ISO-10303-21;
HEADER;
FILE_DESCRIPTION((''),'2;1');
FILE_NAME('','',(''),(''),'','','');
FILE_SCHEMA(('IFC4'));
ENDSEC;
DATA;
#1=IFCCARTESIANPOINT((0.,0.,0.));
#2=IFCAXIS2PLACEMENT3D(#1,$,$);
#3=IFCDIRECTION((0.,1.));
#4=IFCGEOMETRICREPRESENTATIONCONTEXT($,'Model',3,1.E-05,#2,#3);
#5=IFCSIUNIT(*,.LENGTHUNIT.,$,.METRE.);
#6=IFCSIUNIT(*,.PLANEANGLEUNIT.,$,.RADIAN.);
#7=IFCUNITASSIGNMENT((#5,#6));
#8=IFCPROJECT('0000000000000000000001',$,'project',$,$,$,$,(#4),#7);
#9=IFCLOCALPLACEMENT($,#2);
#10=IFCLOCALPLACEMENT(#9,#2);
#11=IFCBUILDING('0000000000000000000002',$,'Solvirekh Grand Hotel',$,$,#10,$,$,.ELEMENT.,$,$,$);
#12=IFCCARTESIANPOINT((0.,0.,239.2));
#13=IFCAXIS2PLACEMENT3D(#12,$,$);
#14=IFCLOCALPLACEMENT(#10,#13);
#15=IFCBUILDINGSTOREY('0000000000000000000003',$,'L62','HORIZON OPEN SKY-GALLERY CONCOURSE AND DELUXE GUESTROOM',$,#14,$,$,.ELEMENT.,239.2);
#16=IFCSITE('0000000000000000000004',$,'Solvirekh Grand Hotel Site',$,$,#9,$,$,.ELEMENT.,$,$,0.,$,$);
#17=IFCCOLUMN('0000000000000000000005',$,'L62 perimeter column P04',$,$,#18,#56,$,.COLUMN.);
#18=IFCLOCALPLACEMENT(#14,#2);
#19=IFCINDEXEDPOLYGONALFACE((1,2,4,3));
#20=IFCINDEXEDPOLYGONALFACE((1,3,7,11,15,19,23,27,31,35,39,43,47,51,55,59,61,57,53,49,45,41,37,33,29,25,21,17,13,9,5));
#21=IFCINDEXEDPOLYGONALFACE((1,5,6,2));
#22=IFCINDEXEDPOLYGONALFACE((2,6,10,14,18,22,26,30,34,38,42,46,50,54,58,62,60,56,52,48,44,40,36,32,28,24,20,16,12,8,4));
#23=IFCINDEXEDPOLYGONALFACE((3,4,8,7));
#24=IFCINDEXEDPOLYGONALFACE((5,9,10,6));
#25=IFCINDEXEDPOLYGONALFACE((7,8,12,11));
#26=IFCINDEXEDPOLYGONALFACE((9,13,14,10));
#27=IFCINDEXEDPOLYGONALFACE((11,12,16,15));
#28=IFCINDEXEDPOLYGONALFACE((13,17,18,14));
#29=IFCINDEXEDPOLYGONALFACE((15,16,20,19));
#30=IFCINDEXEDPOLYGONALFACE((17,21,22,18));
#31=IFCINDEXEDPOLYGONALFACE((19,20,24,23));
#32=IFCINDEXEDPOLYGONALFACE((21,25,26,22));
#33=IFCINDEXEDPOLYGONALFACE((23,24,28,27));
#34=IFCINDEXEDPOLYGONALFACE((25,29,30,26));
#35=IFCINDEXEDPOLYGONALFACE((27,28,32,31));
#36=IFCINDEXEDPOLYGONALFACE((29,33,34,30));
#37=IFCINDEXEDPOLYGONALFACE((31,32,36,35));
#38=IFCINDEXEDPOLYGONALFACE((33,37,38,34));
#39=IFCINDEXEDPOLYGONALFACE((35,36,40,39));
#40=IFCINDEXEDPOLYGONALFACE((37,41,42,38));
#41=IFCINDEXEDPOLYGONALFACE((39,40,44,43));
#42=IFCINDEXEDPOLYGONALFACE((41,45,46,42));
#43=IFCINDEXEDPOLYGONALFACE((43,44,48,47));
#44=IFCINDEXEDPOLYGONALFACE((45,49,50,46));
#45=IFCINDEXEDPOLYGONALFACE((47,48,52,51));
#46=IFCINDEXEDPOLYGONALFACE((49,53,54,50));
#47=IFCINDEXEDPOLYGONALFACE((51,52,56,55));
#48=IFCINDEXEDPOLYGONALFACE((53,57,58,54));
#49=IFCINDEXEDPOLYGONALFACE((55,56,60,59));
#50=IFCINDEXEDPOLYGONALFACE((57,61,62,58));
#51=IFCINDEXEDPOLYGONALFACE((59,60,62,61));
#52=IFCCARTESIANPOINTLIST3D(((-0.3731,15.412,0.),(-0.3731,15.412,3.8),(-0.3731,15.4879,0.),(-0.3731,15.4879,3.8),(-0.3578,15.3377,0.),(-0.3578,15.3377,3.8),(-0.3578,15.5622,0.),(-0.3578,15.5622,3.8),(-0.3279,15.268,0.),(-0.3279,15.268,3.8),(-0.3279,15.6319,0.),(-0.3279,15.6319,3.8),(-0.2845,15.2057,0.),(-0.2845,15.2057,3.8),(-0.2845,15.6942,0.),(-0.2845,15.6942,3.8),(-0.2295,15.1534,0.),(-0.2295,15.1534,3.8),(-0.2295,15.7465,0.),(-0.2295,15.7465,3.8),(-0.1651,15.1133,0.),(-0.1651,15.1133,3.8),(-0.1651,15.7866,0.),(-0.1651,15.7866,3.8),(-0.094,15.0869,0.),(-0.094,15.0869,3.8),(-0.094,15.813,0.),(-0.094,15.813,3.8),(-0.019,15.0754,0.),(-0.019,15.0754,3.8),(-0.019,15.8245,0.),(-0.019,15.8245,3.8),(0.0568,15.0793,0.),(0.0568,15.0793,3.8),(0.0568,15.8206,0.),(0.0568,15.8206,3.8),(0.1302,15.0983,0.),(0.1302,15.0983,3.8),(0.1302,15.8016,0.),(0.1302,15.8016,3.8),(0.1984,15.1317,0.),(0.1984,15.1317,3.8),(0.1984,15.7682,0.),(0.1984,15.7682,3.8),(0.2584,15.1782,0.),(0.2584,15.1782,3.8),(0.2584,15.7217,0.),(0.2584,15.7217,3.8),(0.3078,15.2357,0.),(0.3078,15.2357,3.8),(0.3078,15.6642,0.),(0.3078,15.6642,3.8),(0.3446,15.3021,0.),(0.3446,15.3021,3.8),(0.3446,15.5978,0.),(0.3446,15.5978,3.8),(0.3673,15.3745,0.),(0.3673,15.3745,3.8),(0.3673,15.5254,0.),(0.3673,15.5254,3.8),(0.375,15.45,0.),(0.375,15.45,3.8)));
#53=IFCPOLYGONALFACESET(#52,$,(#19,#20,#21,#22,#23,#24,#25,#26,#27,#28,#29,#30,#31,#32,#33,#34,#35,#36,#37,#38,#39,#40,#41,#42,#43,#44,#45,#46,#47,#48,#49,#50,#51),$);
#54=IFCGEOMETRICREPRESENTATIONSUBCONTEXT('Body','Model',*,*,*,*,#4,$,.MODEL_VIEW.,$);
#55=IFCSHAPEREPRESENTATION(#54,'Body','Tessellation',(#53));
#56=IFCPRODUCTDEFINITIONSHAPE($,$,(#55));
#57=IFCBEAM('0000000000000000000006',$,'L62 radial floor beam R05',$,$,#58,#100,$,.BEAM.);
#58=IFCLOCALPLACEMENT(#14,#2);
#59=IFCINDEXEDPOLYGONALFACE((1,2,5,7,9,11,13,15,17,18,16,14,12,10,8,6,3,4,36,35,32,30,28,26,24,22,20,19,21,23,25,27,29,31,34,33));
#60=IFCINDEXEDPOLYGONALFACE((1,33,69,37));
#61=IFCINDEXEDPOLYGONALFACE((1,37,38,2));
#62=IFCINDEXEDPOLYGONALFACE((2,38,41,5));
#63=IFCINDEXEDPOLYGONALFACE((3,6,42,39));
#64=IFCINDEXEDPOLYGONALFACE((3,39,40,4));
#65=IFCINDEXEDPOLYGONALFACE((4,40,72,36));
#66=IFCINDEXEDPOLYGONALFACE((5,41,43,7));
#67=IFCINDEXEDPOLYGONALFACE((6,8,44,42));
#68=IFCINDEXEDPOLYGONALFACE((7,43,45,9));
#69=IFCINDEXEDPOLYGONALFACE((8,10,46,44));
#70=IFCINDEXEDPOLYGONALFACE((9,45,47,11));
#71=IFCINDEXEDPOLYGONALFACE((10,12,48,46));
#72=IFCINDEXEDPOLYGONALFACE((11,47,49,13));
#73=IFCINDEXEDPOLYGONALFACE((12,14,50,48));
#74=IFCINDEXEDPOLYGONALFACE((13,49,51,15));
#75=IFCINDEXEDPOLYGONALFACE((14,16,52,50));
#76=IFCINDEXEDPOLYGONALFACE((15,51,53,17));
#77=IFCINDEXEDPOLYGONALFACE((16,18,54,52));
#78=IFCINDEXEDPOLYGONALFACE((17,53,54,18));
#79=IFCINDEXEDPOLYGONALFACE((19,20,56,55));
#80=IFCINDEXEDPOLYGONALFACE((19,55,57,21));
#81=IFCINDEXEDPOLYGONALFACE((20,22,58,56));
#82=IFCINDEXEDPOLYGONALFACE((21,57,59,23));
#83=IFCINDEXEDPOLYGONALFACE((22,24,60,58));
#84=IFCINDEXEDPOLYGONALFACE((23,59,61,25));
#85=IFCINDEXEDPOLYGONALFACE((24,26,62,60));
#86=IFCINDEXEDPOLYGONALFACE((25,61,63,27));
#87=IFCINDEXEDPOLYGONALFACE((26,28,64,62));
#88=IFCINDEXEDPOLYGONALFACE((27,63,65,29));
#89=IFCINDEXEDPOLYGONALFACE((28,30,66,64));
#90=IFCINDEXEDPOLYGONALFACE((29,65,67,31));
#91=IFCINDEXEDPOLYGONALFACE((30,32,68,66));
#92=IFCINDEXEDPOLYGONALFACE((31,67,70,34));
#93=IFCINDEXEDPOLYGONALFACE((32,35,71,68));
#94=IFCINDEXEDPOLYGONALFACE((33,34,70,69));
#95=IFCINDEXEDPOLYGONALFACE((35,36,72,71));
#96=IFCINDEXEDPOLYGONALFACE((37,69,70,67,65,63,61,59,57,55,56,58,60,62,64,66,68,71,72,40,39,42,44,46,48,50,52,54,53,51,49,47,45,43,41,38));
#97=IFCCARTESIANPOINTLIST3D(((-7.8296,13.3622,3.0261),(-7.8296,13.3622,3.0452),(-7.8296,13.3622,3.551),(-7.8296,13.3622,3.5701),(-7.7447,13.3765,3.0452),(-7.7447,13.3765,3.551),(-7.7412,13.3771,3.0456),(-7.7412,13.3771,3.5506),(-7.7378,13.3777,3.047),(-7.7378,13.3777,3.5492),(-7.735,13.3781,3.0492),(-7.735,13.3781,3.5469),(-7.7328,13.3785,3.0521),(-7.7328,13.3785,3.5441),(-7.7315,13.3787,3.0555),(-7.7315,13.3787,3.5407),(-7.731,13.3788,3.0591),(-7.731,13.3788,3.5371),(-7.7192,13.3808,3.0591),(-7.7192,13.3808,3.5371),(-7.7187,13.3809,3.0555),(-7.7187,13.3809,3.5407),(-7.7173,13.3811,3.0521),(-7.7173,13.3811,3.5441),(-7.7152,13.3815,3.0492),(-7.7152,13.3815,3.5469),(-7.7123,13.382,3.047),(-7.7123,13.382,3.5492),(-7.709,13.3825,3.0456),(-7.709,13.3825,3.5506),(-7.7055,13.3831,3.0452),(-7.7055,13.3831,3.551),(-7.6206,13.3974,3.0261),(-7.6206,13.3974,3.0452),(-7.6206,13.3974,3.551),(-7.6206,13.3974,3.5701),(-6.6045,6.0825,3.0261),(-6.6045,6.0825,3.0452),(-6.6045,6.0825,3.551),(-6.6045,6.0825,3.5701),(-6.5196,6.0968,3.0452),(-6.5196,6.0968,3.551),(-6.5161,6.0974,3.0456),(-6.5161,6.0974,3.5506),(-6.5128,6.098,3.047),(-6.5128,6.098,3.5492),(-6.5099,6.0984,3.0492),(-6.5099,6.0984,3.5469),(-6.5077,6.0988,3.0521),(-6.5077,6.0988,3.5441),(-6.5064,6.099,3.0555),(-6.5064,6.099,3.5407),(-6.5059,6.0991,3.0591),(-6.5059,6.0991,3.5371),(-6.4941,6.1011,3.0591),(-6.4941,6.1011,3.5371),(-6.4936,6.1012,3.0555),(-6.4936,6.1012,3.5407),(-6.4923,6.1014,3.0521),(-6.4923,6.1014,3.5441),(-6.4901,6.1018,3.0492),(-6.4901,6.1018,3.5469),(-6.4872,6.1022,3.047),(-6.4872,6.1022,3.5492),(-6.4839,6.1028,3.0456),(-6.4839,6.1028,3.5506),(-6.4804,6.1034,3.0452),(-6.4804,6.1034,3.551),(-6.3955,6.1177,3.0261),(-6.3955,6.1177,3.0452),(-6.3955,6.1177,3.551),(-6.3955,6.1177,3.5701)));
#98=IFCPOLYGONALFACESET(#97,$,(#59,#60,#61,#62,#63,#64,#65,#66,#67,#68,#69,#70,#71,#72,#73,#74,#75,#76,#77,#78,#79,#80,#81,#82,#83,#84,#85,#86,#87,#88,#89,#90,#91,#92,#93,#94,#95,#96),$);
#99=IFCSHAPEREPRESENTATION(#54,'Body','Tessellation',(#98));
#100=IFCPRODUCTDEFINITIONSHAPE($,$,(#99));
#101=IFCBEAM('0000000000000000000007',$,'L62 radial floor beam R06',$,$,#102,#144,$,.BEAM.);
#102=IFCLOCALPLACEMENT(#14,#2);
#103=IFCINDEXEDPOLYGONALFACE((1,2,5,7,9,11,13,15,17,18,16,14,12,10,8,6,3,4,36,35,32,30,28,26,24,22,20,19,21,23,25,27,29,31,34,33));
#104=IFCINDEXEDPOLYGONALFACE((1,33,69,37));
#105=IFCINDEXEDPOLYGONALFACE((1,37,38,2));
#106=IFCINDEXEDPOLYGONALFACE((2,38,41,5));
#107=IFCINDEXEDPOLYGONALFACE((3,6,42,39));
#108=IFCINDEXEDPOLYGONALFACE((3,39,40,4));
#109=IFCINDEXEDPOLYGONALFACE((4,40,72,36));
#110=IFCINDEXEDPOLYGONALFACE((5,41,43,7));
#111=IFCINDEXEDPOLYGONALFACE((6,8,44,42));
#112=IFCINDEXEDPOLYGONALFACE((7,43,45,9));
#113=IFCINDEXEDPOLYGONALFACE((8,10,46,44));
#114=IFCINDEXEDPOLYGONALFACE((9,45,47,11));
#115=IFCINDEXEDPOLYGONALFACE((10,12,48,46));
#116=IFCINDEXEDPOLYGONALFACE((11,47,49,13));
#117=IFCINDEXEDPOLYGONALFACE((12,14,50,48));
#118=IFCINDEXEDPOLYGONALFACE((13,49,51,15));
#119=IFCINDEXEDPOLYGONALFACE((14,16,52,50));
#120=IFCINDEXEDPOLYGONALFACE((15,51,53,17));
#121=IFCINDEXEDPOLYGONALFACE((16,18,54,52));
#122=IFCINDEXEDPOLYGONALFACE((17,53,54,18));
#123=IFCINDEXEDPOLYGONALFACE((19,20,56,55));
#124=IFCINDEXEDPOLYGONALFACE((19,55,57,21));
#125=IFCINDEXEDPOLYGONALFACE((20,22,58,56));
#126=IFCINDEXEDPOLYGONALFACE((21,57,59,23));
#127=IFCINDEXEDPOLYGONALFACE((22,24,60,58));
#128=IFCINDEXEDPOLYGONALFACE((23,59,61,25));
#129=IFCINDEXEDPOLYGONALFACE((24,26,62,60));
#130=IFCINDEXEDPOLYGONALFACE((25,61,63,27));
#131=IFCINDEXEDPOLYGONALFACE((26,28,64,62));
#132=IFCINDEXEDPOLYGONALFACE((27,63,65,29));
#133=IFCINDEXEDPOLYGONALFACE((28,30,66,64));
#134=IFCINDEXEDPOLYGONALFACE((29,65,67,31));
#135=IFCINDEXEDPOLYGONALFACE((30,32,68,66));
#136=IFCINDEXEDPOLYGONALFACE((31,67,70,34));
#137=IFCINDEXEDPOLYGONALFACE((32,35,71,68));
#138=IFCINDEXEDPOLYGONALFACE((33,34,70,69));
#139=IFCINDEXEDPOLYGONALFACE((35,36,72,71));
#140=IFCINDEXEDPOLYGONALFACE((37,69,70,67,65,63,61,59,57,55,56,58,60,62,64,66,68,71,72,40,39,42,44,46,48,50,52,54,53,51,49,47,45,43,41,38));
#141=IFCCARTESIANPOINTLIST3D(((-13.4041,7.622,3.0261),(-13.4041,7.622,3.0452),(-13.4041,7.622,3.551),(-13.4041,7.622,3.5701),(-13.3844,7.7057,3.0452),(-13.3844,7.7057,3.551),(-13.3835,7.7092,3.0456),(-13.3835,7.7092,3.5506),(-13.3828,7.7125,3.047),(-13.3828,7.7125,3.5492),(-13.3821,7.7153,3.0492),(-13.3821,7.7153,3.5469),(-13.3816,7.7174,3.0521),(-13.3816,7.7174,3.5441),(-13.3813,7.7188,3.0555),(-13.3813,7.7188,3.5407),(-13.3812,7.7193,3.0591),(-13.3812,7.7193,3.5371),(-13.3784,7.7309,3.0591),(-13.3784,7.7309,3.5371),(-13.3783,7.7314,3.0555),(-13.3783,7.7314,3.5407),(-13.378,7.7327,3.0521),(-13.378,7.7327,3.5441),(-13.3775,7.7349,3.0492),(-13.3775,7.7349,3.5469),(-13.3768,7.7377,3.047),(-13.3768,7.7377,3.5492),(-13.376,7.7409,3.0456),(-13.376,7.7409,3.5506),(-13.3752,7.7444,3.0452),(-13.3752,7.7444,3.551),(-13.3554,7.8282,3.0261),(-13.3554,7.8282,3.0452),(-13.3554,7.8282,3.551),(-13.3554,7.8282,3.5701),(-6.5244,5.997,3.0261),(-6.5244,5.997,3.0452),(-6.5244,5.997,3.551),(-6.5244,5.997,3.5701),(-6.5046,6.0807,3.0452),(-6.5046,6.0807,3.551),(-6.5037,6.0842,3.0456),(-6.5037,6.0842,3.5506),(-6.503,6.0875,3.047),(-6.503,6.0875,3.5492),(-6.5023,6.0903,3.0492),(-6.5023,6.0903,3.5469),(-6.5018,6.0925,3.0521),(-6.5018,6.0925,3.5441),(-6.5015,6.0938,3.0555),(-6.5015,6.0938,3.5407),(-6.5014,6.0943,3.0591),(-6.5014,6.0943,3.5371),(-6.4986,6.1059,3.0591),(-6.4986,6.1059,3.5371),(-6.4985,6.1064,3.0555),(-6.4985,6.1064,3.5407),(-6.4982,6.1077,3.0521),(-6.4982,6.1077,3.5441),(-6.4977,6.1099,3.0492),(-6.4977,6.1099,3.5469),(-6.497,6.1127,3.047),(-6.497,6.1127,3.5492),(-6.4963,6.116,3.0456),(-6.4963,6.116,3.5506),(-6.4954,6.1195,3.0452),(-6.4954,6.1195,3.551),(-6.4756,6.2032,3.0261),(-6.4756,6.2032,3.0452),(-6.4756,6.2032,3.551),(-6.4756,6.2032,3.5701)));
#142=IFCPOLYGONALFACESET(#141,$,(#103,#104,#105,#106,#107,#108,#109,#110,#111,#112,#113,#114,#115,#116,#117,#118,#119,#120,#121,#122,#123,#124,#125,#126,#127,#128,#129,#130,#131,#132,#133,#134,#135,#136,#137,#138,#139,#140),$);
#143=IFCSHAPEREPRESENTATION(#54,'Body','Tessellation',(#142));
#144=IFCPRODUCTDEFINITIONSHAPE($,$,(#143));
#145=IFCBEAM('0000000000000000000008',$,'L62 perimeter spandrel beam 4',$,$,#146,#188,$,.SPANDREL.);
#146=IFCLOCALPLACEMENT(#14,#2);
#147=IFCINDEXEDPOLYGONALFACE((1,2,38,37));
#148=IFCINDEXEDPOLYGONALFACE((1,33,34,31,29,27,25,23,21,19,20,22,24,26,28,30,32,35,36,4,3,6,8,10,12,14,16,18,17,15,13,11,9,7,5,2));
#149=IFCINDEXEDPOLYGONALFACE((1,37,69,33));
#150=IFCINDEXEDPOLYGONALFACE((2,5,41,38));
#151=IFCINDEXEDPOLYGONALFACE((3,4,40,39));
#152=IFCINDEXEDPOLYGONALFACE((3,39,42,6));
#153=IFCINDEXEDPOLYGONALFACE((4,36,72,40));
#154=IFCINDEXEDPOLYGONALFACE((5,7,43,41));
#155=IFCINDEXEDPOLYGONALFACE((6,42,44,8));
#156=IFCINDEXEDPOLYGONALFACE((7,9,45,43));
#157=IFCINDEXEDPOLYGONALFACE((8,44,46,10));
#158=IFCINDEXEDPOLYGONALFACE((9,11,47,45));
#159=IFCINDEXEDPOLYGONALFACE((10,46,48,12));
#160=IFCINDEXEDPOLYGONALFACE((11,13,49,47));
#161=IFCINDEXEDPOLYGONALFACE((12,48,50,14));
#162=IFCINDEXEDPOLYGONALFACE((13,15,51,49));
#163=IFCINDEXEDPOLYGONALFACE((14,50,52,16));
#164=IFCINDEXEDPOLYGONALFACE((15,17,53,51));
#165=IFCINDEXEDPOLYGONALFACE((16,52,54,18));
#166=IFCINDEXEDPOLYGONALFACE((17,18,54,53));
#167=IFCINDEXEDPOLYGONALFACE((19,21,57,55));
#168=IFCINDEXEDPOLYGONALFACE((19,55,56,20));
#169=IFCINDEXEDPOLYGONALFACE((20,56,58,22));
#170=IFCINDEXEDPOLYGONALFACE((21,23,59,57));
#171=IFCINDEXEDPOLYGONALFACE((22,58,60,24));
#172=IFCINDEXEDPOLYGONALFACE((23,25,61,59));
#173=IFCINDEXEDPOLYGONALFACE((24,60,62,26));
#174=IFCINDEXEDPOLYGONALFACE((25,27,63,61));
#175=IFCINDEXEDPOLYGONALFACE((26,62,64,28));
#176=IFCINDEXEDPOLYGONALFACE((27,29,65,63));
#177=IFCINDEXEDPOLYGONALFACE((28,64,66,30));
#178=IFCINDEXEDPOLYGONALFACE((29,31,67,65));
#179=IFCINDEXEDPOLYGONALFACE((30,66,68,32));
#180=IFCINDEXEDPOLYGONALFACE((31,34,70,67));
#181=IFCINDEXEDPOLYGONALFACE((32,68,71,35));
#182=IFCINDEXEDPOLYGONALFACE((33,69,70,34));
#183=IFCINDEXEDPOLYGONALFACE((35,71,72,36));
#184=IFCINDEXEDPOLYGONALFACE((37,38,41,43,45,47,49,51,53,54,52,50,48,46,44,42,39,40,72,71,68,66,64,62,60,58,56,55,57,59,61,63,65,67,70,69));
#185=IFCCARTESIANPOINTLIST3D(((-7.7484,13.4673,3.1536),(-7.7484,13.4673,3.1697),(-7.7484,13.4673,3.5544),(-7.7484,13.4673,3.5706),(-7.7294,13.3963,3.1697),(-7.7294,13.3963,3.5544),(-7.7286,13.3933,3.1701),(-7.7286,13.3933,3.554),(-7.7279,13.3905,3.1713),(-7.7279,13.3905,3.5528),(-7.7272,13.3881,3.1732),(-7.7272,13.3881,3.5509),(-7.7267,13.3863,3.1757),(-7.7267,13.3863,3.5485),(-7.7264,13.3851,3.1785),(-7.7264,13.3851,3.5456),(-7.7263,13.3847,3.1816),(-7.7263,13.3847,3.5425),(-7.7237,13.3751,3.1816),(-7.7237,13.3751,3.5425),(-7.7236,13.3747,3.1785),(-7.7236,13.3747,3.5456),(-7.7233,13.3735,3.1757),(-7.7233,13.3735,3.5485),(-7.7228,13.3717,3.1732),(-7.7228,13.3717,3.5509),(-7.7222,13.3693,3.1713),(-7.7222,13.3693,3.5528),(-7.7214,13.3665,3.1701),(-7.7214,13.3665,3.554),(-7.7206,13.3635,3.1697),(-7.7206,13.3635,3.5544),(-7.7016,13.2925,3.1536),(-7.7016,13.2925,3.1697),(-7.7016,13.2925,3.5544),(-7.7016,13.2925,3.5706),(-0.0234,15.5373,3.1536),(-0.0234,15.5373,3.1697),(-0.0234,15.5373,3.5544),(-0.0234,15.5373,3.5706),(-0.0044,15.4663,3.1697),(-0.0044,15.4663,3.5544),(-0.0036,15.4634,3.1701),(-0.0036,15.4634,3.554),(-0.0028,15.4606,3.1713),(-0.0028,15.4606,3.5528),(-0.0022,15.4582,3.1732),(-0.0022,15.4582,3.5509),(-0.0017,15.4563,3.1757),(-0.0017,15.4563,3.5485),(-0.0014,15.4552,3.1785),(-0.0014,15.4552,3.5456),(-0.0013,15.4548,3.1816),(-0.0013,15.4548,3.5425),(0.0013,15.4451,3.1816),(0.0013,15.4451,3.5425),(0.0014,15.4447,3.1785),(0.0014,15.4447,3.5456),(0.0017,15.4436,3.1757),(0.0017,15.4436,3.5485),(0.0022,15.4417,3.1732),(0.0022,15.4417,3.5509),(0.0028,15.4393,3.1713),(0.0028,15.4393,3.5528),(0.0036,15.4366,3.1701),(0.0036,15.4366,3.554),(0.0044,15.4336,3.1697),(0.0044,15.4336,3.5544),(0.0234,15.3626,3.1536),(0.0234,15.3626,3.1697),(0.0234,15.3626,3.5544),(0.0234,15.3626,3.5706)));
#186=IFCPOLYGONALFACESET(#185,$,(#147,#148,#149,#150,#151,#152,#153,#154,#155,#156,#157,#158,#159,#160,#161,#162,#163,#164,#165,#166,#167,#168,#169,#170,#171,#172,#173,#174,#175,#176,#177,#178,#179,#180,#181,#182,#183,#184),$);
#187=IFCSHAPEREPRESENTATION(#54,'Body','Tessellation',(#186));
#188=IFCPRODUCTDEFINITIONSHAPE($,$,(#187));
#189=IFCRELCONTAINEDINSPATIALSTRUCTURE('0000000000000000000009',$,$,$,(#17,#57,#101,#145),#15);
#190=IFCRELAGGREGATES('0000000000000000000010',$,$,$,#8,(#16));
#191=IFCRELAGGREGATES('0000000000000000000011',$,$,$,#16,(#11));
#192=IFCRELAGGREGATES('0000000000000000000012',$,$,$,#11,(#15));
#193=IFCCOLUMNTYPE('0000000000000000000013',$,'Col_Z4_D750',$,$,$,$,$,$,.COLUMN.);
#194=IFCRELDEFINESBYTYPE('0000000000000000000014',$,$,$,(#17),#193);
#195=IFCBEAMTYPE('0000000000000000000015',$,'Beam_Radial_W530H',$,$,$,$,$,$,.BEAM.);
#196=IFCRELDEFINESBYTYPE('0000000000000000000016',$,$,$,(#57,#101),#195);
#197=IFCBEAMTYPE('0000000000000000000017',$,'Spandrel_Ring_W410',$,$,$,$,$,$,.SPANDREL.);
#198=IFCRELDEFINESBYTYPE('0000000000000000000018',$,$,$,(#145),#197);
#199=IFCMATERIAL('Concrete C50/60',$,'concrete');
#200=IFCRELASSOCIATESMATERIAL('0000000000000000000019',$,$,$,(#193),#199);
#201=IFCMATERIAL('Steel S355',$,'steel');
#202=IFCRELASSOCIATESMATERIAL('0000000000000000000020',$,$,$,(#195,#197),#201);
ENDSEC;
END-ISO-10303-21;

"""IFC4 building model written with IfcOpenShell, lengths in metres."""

from ifc_helpers import new_model, si_unit, direction, frame, origin, origin_2d, place, context, subcontext, project, spatial, circle, i_section, extrude, material, material_profile, profile_set, type_object, element, save


model = new_model("IFC4")

# Units and contexts
model_context = context("Model", 3, precision=1e-05, world=origin(), true_north=direction((0.0, 1.0)))
body_context = subcontext(model_context, "Body", "Model", "MODEL_VIEW")
ifc_project = project(units=[si_unit("LENGTHUNIT", "METRE"), si_unit("PLANEANGLEUNIT", "RADIAN")], contexts=[model_context])

# Site, building, storey
site_placement = place(None, origin())
site = spatial("IfcSite", under=ifc_project, at=site_placement, Name="Solvirekh Grand Hotel Site", CompositionType="ELEMENT", RefElevation=0.0)
building_placement = place(site_placement, origin())
building = spatial("IfcBuilding", under=site, at=building_placement, Name="Solvirekh Grand Hotel", CompositionType="ELEMENT")
storey_placement = place(building_placement, frame((0.0, 0.0, 239.2)))
storey = spatial("IfcBuildingStorey", under=building, at=storey_placement, Name="L62", Description="HORIZON OPEN SKY-GALLERY CONCOURSE AND DELUXE GUESTROOM", CompositionType="ELEMENT", Elevation=239.2)

# Column
ifc_material_1 = material(Name="Concrete C50/60", Category="concrete")
ifc_material_profile_1 = material_profile(ifc_material_1, circle(Radius=0.375, at=origin_2d()), Name="RC CIRC D750")
ifc_profile_set_1 = profile_set([ifc_material_profile_1], Name="Concrete C50/60")
column_type = type_object("IfcColumnType", Name="Col_Z4_D750", PredefinedType="COLUMN", material=ifc_profile_set_1)
column_placement = place(storey_placement, frame((0.0, 15.45, 0.0), z_axis=(0.0, 0.0, 1.0), x_axis=(1.0, 0.0, 0.0)))
element("IfcColumn", 1, at=column_placement, inside=storey, type_object=column_type, Name="L62 perimeter column P04", PredefinedType="COLUMN", context=body_context, shape_type="SweptSolid", body=[
    extrude(circle(Radius=0.375, at=origin_2d()), origin(), (0.0, 0.0, 1.0), 3.8),
])

# Beams
ifc_material_2 = material(Name="Steel S355", Category="steel")
ifc_material_profile_2 = material_profile(ifc_material_2, i_section(OverallWidth=0.2119, OverallDepth=0.5439, WebThickness=0.012, FlangeThickness=0.019, FilletRadius=0.0139, at=origin_2d()), Name="W530X123")
ifc_profile_set_2 = profile_set([ifc_material_profile_2], Name="Steel S355")
beam_type_1 = type_object("IfcBeamType", Name="Beam_Radial_W530H", PredefinedType="BEAM", material=ifc_profile_set_2)
beam_1_placement = place(storey_placement, frame((-6.5, 6.1001, 3.2981), z_axis=(-0.165954, 0.986133, 0.0), x_axis=(-0.986133, -0.165954, 0.0)))
element("IfcBeam", 2, at=beam_1_placement, inside=storey, type_object=beam_type_1, Name="L62 radial floor beam R05", PredefinedType="BEAM", context=body_context, shape_type="SweptSolid", body=[
    extrude(i_section(OverallWidth=0.2119, OverallDepth=0.5439, WebThickness=0.012, FlangeThickness=0.019, FilletRadius=0.0139, at=origin_2d()), origin(), (0.0, 0.0, 1.0), 7.3821),
])
beam_2_placement = place(storey_placement, frame((-6.5, 6.1001, 3.2981), z_axis=(-0.973221, 0.229871, 0.0), x_axis=(-0.229871, -0.973221, 0.0)))
element("IfcBeam", 3, at=beam_2_placement, inside=storey, type_object=beam_type_1, Name="L62 radial floor beam R06", PredefinedType="BEAM", context=body_context, shape_type="SweptSolid", body=[
    extrude(i_section(OverallWidth=0.2119, OverallDepth=0.5439, WebThickness=0.012, FlangeThickness=0.019, FilletRadius=0.0139, at=origin_2d()), origin(), (0.0, 0.0, 1.0), 7.0691),
])
ifc_material_profile_3 = material_profile(ifc_material_2, i_section(OverallWidth=0.1809, OverallDepth=0.417, WebThickness=0.01, FlangeThickness=0.0161, FilletRadius=0.012, at=origin_2d()), Name="W410X85")
ifc_profile_set_3 = profile_set([ifc_material_profile_3], Name="Steel S355")
beam_type_2 = type_object("IfcBeamType", Name="Spandrel_Ring_W410", PredefinedType="SPANDREL", material=ifc_profile_set_3)
beam_3_placement = place(storey_placement, frame((0.0, 15.45, 3.3621), z_axis=(-0.965922, -0.258835, 0.0), x_axis=(0.258835, -0.965922, 0.0)))
element("IfcBeam", 4, at=beam_3_placement, inside=storey, type_object=beam_type_2, Name="L62 perimeter spandrel beam 4", PredefinedType="SPANDREL", context=body_context, shape_type="SweptSolid", body=[
    extrude(i_section(OverallWidth=0.1809, OverallDepth=0.417, WebThickness=0.01, FlangeThickness=0.0161, FilletRadius=0.012, at=origin_2d()), origin(), (0.0, 0.0, 1.0), 7.9976),
])

save(model, "model.ifc")
